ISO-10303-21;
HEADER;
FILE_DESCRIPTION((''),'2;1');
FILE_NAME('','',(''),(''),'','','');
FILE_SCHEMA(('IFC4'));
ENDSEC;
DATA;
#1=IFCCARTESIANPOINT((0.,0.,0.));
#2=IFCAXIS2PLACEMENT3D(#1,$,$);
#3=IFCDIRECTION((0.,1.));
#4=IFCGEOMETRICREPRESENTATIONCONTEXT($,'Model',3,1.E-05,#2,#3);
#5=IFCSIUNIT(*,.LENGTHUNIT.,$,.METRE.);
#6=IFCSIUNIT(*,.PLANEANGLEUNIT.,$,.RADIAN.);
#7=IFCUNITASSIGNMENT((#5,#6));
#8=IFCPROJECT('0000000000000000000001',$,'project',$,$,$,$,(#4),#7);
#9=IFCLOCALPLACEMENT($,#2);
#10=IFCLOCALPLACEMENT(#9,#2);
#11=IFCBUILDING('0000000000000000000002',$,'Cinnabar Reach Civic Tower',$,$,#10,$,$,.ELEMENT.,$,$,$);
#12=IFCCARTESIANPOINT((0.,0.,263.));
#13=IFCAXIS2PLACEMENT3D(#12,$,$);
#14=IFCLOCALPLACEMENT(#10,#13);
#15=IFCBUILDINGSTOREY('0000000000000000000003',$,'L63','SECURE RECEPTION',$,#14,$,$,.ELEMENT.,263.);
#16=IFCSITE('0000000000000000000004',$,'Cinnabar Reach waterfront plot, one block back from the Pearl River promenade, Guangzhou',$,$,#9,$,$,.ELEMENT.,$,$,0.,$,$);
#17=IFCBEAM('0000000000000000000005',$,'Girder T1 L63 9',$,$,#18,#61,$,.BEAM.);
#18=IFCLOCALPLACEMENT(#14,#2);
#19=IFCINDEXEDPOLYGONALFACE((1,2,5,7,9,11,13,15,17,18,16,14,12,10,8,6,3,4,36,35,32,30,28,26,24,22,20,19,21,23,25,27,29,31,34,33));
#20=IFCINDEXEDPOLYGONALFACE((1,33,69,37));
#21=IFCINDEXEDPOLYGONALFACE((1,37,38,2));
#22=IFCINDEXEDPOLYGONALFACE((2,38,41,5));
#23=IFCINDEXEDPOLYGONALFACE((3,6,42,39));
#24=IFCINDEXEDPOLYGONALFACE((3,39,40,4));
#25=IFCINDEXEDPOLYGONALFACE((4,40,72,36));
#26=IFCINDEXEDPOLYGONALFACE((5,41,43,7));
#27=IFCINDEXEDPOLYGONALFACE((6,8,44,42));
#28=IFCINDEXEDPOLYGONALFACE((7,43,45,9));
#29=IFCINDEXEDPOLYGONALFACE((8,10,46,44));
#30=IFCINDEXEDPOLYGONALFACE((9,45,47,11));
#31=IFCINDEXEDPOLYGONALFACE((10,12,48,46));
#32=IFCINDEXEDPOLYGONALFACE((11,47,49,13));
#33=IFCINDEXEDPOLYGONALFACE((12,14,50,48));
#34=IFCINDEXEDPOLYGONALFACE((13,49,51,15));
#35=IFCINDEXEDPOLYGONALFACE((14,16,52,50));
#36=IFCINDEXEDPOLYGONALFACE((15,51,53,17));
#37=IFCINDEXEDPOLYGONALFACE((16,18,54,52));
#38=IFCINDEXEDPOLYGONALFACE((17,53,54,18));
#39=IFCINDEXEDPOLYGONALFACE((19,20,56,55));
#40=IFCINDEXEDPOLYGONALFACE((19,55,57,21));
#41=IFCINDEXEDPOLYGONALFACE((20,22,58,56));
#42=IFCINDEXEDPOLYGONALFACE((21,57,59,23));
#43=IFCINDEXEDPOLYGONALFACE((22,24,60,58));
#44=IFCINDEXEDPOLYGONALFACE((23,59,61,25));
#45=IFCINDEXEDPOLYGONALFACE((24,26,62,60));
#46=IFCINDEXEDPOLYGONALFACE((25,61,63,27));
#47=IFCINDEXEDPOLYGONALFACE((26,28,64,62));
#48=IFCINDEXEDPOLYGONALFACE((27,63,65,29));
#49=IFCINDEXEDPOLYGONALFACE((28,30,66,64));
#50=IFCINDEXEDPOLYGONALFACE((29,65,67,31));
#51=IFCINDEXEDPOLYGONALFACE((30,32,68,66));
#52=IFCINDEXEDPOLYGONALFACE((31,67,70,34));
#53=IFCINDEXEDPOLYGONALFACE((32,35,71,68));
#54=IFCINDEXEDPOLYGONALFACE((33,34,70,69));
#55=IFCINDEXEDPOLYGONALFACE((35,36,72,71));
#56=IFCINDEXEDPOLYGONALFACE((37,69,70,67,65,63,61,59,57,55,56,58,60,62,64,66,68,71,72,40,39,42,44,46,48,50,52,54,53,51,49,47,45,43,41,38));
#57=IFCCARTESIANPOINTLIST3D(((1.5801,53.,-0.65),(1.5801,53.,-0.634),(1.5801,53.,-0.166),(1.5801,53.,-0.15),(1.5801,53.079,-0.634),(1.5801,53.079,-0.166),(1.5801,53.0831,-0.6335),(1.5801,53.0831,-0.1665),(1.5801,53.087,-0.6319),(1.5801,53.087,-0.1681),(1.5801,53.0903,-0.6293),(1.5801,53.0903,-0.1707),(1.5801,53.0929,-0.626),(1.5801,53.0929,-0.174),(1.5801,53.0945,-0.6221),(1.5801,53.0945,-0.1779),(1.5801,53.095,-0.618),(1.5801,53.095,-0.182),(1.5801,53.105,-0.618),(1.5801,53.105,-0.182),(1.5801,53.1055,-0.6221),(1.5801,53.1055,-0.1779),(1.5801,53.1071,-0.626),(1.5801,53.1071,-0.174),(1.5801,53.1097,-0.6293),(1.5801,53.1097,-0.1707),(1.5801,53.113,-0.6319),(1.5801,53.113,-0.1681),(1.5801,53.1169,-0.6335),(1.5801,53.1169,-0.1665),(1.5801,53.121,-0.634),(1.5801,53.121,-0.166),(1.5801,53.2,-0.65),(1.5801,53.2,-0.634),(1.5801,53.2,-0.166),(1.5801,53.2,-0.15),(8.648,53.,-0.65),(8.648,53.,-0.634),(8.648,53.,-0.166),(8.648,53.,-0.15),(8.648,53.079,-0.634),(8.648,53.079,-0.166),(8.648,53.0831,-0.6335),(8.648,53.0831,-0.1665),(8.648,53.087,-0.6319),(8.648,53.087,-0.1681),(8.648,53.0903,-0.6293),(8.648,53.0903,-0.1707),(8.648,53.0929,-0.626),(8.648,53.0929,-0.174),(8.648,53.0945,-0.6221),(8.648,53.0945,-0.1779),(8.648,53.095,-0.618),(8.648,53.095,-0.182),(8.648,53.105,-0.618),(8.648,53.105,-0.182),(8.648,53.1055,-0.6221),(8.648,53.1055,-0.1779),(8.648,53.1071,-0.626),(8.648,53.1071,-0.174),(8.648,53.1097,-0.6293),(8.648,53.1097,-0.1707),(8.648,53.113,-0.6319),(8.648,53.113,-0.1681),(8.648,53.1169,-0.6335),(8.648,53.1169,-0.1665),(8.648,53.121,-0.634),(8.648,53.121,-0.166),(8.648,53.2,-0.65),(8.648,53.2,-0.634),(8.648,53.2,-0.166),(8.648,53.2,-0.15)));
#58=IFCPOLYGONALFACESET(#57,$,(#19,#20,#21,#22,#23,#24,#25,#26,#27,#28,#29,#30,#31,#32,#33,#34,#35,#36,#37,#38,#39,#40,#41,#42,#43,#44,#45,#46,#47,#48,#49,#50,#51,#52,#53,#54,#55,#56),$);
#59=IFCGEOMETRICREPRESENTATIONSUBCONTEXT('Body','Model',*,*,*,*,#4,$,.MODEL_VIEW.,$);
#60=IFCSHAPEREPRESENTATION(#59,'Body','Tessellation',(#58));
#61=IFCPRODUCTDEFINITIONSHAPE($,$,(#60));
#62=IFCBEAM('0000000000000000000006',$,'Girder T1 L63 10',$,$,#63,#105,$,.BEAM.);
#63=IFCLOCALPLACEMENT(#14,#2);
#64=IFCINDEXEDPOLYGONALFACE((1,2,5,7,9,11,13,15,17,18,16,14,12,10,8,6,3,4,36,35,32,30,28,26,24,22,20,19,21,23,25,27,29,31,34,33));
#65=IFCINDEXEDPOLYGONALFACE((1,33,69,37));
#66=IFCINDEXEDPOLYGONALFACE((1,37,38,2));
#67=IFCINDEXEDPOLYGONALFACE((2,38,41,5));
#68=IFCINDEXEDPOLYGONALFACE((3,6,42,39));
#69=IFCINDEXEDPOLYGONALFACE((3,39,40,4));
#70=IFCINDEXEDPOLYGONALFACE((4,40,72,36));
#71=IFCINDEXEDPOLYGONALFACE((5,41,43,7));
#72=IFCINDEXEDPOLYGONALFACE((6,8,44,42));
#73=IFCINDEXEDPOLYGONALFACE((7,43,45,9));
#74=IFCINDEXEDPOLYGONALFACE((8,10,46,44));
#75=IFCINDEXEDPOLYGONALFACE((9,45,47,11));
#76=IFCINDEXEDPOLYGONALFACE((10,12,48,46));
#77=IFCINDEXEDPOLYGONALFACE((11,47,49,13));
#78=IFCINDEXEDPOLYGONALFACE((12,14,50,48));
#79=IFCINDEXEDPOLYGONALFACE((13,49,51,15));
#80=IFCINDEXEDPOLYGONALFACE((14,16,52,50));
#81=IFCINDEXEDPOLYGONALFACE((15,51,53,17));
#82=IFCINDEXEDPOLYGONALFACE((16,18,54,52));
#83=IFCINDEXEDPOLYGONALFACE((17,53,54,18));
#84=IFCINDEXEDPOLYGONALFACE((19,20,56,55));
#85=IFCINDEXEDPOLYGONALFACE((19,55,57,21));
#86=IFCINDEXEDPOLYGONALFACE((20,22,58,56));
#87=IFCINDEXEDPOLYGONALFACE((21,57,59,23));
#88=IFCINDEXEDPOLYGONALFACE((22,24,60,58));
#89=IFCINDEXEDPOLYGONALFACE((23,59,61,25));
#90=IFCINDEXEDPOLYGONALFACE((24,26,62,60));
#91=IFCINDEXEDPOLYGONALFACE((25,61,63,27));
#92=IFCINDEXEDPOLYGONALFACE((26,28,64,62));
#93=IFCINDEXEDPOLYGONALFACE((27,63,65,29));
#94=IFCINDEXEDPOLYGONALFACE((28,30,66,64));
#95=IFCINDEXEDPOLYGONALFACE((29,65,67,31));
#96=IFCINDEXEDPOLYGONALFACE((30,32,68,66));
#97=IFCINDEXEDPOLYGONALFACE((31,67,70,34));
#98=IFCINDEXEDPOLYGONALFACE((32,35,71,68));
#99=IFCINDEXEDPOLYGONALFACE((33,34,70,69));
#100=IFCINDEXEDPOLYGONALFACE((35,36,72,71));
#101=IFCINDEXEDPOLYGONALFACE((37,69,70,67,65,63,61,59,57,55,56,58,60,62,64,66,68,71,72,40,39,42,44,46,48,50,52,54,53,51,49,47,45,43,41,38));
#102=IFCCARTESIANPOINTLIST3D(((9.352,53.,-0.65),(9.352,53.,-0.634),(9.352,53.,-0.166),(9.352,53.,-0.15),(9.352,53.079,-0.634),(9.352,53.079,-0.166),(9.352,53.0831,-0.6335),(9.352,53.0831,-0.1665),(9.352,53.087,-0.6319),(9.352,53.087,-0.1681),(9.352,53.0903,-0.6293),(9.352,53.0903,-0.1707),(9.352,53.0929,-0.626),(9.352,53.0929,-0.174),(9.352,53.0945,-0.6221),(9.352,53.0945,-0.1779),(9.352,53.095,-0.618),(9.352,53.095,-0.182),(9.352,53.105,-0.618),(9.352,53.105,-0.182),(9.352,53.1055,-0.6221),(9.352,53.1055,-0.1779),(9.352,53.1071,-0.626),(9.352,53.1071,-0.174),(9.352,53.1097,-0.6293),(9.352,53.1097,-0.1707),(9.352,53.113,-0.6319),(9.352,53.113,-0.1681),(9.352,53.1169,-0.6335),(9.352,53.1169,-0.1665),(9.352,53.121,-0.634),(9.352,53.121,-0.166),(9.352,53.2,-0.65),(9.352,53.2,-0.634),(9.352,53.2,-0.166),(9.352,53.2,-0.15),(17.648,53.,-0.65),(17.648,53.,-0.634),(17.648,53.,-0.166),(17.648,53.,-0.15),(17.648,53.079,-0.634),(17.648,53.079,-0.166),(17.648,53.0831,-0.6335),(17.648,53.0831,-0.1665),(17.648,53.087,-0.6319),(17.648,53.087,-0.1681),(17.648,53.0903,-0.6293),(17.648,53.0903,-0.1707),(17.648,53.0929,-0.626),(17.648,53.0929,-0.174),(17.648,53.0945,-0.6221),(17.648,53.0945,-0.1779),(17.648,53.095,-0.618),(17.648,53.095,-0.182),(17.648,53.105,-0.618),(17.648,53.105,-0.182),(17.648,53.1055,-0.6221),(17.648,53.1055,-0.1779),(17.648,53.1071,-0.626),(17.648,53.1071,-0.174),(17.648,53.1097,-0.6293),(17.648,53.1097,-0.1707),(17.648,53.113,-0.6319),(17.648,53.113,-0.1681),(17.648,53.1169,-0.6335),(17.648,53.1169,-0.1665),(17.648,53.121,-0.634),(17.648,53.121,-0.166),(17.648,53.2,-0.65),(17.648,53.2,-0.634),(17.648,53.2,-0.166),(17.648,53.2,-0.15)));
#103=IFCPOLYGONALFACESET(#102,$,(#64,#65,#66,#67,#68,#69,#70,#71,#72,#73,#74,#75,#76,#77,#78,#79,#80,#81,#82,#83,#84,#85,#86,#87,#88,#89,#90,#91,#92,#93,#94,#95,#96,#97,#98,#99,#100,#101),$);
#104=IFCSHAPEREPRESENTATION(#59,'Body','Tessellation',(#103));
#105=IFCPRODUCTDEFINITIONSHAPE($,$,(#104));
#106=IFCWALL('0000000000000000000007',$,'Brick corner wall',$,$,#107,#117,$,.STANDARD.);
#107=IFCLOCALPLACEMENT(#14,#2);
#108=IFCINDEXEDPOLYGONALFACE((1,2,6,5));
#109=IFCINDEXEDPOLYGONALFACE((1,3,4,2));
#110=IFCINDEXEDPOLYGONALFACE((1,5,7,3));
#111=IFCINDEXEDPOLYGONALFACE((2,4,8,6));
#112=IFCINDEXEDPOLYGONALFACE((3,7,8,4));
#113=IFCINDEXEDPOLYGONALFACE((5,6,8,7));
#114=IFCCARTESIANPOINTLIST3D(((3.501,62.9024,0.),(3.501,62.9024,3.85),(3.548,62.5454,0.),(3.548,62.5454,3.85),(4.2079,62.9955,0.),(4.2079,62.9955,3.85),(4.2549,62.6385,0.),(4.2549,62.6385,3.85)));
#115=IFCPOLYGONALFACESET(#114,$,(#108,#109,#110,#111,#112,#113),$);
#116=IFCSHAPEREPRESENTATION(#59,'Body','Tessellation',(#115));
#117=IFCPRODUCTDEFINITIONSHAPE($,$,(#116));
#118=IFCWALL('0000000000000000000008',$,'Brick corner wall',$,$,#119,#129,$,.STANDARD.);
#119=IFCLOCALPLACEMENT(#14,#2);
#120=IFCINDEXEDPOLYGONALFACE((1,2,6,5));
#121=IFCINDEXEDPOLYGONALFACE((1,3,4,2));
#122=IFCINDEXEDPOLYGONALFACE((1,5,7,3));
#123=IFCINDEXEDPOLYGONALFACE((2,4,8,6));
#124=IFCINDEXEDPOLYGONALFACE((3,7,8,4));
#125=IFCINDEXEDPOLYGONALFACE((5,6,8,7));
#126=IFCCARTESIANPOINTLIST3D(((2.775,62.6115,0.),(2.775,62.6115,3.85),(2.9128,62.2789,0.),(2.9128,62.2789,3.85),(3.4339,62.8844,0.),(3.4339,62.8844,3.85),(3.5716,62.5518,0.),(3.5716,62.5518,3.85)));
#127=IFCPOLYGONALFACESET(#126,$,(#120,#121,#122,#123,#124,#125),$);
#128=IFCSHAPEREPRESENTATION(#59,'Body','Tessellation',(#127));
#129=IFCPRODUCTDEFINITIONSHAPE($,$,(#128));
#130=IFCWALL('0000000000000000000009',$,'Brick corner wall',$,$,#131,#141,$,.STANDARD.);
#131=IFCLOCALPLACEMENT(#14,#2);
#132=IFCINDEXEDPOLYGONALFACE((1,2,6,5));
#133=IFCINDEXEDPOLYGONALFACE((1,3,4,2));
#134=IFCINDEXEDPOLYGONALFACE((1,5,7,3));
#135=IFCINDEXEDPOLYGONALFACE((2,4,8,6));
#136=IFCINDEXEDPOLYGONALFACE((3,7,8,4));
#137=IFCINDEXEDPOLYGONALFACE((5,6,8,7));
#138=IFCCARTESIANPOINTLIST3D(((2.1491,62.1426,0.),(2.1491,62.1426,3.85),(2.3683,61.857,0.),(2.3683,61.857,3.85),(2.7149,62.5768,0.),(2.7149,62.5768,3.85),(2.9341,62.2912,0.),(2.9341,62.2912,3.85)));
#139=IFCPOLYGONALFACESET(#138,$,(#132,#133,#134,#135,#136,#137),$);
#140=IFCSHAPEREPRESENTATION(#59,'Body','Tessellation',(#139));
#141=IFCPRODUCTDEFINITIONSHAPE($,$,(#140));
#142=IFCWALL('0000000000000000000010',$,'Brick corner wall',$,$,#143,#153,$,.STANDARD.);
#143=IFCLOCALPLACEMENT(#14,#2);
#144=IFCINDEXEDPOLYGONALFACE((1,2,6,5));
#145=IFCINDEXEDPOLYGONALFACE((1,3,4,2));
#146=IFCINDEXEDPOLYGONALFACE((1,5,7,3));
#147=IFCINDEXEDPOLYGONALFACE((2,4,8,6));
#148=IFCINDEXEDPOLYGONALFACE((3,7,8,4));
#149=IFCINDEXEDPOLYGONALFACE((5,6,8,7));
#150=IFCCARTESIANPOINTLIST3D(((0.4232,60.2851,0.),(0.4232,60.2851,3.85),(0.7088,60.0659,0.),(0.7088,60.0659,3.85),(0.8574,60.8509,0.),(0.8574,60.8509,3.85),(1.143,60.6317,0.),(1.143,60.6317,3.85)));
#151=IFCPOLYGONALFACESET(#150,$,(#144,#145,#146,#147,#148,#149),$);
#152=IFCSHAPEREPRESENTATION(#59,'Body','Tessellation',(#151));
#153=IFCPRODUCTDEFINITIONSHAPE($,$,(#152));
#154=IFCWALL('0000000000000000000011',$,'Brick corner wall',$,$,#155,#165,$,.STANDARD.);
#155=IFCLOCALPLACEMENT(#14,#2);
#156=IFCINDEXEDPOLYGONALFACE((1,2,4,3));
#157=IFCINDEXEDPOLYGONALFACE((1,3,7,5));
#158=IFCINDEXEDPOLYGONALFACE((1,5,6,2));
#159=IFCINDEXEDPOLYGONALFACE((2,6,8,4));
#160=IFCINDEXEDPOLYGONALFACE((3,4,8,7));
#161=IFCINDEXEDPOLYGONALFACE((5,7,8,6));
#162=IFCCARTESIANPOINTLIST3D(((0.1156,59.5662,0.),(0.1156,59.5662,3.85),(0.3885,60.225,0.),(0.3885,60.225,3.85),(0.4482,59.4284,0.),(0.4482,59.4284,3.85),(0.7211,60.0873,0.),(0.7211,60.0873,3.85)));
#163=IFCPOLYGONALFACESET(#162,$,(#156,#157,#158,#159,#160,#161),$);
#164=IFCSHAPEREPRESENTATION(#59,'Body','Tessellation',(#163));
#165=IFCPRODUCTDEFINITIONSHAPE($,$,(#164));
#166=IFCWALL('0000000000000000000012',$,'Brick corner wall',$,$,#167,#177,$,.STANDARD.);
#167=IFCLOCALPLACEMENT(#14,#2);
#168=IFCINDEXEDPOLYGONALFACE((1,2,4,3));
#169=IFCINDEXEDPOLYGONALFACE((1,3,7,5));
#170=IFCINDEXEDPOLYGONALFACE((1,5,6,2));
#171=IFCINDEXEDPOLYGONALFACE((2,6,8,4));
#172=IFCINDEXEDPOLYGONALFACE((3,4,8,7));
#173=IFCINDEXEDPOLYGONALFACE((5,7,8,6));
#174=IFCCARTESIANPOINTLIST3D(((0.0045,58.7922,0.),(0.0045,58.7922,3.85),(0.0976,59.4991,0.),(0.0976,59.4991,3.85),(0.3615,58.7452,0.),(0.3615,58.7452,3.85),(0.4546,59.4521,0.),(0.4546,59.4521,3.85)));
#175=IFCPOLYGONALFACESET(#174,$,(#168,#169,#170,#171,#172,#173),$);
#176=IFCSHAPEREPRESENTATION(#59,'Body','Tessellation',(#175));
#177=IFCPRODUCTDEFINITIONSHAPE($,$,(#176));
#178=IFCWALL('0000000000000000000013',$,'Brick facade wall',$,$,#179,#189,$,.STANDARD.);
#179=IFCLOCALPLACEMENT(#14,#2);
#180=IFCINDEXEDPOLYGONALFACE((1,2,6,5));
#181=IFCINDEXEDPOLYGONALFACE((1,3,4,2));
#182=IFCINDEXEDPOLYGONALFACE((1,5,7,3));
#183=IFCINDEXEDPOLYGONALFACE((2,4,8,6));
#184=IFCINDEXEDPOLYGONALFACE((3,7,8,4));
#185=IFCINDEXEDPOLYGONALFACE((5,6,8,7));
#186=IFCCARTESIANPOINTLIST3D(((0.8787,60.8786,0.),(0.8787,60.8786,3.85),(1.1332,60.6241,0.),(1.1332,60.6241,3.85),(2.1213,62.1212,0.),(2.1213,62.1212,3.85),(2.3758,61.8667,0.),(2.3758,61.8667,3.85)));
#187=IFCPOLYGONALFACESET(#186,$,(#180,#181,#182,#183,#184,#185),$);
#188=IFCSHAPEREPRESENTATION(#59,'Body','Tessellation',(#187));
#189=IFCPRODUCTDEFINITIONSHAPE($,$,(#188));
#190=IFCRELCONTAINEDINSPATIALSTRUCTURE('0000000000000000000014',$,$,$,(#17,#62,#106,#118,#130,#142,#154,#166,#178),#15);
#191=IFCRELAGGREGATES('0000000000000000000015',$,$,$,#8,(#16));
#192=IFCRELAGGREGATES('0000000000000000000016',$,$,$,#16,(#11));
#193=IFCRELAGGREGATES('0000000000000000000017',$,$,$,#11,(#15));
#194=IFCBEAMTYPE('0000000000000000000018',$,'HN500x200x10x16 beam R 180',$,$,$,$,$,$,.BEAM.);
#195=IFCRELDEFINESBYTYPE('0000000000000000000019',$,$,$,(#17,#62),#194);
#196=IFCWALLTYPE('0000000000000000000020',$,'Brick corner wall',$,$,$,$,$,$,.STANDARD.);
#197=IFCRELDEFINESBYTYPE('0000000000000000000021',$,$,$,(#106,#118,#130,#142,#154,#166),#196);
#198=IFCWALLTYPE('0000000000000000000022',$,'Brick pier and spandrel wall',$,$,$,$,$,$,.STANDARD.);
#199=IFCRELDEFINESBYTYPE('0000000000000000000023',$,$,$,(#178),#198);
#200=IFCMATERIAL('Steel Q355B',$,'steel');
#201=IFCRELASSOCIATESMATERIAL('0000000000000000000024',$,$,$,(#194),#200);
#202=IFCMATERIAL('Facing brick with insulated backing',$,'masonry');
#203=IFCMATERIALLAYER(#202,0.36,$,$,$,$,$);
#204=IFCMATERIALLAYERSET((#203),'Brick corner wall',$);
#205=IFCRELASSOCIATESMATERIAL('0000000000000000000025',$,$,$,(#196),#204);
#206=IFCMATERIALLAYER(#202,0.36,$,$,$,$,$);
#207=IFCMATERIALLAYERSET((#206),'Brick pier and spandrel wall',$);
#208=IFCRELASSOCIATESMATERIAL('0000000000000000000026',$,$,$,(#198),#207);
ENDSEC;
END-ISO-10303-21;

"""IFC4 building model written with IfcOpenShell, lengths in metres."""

from ifc_helpers import new_model, si_unit, direction, frame, frame_2d, origin, origin_2d, place, context, subcontext, project, spatial, rectangle, i_section, extrude, material, layer, layer_set, material_profile, profile_set, type_object, element, save


model = new_model("IFC4")

# Units and contexts
model_context = context("Model", 3, precision=1e-05, world=origin(), true_north=direction((0.0, 1.0)))
body_context = subcontext(model_context, "Body", "Model", "MODEL_VIEW")
ifc_project = project(units=[si_unit("LENGTHUNIT", "METRE"), si_unit("PLANEANGLEUNIT", "RADIAN")], contexts=[model_context])

# Site, building, storey
site_placement = place(None, origin())
site = spatial("IfcSite", under=ifc_project, at=site_placement, Name="Cinnabar Reach waterfront plot, one block back from the Pearl River promenade, Guangzhou", CompositionType="ELEMENT", RefElevation=0.0)
building_placement = place(site_placement, origin())
building = spatial("IfcBuilding", under=site, at=building_placement, Name="Cinnabar Reach Civic Tower", CompositionType="ELEMENT")
storey_placement = place(building_placement, frame((0.0, 0.0, 263.0)))
storey = spatial("IfcBuildingStorey", under=building, at=storey_placement, Name="L63", Description="SECURE RECEPTION", CompositionType="ELEMENT", Elevation=263.0)

# Beams
ifc_material_1 = material(Name="Steel Q355B", Category="steel")
ifc_material_profile_1 = material_profile(ifc_material_1, i_section(OverallWidth=0.2, OverallDepth=0.5, WebThickness=0.01, FlangeThickness=0.016, FilletRadius=0.016, at=origin_2d()), Name="HN500x200x10x16")
ifc_profile_set_1 = profile_set([ifc_material_profile_1], Name="Steel Q355B")
beam_type_1 = type_object("IfcBeamType", Name="HN500x200x10x16 beam R 180", PredefinedType="BEAM", material=ifc_profile_set_1)
beam_1_placement = place(storey_placement, frame((1.5801, 53.1, -0.4), z_axis=(1.0, 0.0, 0.0), x_axis=(0.0, 1.0, 0.0)))
element("IfcBeam", 1, at=beam_1_placement, inside=storey, type_object=beam_type_1, Name="Girder T1 L63 9", PredefinedType="BEAM", context=body_context, shape_type="SweptSolid", body=[
    extrude(i_section(OverallWidth=0.2, OverallDepth=0.5, WebThickness=0.01, FlangeThickness=0.016, FilletRadius=0.016, at=origin_2d()), origin(), (0.0, 0.0, 1.0), 7.0679),
])
beam_2_placement = place(storey_placement, frame((9.352, 53.1, -0.4), z_axis=(1.0, 0.0, 0.0), x_axis=(0.0, 1.0, 0.0)))
element("IfcBeam", 2, at=beam_2_placement, inside=storey, type_object=beam_type_1, Name="Girder T1 L63 10", PredefinedType="BEAM", context=body_context, shape_type="SweptSolid", body=[
    extrude(i_section(OverallWidth=0.2, OverallDepth=0.5, WebThickness=0.01, FlangeThickness=0.016, FilletRadius=0.016, at=origin_2d()), origin(), (0.0, 0.0, 1.0), 8.296),
])

# Walls
ifc_material_2 = material(Name="Facing brick with insulated backing", Category="masonry")
ifc_layer_1 = layer(ifc_material_2, 0.36)
ifc_layer_set_1 = layer_set([ifc_layer_1], Name="Brick corner wall")
wall_type_1 = type_object("IfcWallType", Name="Brick corner wall", PredefinedType="STANDARD", material=ifc_layer_set_1)
for number, where, z_axis, x_axis, name in (
    (3, (4.2314, 62.817, 0.0), (0.0, 0.0, 1.0), (-0.991441, -0.130556, 0.0), "Brick corner wall"),
    (4, (3.5027, 62.7181, 0.0), (0.0, 0.0, 1.0), (-0.923872, -0.382703, 0.0), "Brick corner wall"),
):
    element("IfcWall", number, at=place(storey_placement, frame(where, z_axis=z_axis, x_axis=x_axis)), inside=storey, type_object=wall_type_1, Name=name, PredefinedType="STANDARD", context=body_context, shape_type="SweptSolid", body=[
        extrude(rectangle(XDim=0.7131, YDim=0.36, at=frame_2d((0.3565, 0.0))), origin(), (0.0, 0.0, 1.0), 3.85),
    ])
for number, where, z_axis, x_axis, name in (
    (5, (2.8245, 62.434, 0.0), (0.0, 0.0, 1.0), (-0.793322, -0.608802, 0.0), "Brick corner wall"),
    (6, (1.0002, 60.7413, 0.0), (0.0, 0.0, 1.0), (-0.608802, -0.793322, 0.0), "Brick corner wall"),
):
    element("IfcWall", number, at=place(storey_placement, frame(where, z_axis=z_axis, x_axis=x_axis)), inside=storey, type_object=wall_type_1, Name=name, PredefinedType="STANDARD", context=body_context, shape_type="SweptSolid", body=[
        extrude(rectangle(XDim=0.7132, YDim=0.36, at=frame_2d((0.3566, 0.0))), origin(), (0.0, 0.0, 1.0), 3.85),
    ])
for number, where, z_axis, x_axis, name in (
    (7, (0.5548, 60.1561, 0.0), (0.0, 0.0, 1.0), (-0.382703, -0.923872, 0.0), "Brick corner wall"),
    (8, (0.2761, 59.4756, 0.0), (0.0, 0.0, 1.0), (-0.130556, -0.991441, 0.0), "Brick corner wall"),
):
    element("IfcWall", number, at=place(storey_placement, frame(where, z_axis=z_axis, x_axis=x_axis)), inside=storey, type_object=wall_type_1, Name=name, PredefinedType="STANDARD", context=body_context, shape_type="SweptSolid", body=[
        extrude(rectangle(XDim=0.7131, YDim=0.36, at=frame_2d((0.3565, 0.0))), origin(), (0.0, 0.0, 1.0), 3.85),
    ])
ifc_layer_2 = layer(ifc_material_2, 0.36)
ifc_layer_set_2 = layer_set([ifc_layer_2], Name="Brick pier and spandrel wall")
wall_type_2 = type_object("IfcWallType", Name="Brick pier and spandrel wall", PredefinedType="STANDARD", material=ifc_layer_set_2)
wall_1_placement = place(storey_placement, frame((2.2486, 61.994, 0.0), z_axis=(0.0, 0.0, 1.0), x_axis=(-0.707107, -0.707107, 0.0)))
element("IfcWall", 9, at=wall_1_placement, inside=storey, type_object=wall_type_2, Name="Brick facade wall", PredefinedType="STANDARD", context=body_context, shape_type="SweptSolid", body=[
    extrude(rectangle(XDim=1.7573, YDim=0.36, at=frame_2d((0.8787, 0.0))), origin(), (0.0, 0.0, 1.0), 3.85),
])

save(model, "model.ifc")
